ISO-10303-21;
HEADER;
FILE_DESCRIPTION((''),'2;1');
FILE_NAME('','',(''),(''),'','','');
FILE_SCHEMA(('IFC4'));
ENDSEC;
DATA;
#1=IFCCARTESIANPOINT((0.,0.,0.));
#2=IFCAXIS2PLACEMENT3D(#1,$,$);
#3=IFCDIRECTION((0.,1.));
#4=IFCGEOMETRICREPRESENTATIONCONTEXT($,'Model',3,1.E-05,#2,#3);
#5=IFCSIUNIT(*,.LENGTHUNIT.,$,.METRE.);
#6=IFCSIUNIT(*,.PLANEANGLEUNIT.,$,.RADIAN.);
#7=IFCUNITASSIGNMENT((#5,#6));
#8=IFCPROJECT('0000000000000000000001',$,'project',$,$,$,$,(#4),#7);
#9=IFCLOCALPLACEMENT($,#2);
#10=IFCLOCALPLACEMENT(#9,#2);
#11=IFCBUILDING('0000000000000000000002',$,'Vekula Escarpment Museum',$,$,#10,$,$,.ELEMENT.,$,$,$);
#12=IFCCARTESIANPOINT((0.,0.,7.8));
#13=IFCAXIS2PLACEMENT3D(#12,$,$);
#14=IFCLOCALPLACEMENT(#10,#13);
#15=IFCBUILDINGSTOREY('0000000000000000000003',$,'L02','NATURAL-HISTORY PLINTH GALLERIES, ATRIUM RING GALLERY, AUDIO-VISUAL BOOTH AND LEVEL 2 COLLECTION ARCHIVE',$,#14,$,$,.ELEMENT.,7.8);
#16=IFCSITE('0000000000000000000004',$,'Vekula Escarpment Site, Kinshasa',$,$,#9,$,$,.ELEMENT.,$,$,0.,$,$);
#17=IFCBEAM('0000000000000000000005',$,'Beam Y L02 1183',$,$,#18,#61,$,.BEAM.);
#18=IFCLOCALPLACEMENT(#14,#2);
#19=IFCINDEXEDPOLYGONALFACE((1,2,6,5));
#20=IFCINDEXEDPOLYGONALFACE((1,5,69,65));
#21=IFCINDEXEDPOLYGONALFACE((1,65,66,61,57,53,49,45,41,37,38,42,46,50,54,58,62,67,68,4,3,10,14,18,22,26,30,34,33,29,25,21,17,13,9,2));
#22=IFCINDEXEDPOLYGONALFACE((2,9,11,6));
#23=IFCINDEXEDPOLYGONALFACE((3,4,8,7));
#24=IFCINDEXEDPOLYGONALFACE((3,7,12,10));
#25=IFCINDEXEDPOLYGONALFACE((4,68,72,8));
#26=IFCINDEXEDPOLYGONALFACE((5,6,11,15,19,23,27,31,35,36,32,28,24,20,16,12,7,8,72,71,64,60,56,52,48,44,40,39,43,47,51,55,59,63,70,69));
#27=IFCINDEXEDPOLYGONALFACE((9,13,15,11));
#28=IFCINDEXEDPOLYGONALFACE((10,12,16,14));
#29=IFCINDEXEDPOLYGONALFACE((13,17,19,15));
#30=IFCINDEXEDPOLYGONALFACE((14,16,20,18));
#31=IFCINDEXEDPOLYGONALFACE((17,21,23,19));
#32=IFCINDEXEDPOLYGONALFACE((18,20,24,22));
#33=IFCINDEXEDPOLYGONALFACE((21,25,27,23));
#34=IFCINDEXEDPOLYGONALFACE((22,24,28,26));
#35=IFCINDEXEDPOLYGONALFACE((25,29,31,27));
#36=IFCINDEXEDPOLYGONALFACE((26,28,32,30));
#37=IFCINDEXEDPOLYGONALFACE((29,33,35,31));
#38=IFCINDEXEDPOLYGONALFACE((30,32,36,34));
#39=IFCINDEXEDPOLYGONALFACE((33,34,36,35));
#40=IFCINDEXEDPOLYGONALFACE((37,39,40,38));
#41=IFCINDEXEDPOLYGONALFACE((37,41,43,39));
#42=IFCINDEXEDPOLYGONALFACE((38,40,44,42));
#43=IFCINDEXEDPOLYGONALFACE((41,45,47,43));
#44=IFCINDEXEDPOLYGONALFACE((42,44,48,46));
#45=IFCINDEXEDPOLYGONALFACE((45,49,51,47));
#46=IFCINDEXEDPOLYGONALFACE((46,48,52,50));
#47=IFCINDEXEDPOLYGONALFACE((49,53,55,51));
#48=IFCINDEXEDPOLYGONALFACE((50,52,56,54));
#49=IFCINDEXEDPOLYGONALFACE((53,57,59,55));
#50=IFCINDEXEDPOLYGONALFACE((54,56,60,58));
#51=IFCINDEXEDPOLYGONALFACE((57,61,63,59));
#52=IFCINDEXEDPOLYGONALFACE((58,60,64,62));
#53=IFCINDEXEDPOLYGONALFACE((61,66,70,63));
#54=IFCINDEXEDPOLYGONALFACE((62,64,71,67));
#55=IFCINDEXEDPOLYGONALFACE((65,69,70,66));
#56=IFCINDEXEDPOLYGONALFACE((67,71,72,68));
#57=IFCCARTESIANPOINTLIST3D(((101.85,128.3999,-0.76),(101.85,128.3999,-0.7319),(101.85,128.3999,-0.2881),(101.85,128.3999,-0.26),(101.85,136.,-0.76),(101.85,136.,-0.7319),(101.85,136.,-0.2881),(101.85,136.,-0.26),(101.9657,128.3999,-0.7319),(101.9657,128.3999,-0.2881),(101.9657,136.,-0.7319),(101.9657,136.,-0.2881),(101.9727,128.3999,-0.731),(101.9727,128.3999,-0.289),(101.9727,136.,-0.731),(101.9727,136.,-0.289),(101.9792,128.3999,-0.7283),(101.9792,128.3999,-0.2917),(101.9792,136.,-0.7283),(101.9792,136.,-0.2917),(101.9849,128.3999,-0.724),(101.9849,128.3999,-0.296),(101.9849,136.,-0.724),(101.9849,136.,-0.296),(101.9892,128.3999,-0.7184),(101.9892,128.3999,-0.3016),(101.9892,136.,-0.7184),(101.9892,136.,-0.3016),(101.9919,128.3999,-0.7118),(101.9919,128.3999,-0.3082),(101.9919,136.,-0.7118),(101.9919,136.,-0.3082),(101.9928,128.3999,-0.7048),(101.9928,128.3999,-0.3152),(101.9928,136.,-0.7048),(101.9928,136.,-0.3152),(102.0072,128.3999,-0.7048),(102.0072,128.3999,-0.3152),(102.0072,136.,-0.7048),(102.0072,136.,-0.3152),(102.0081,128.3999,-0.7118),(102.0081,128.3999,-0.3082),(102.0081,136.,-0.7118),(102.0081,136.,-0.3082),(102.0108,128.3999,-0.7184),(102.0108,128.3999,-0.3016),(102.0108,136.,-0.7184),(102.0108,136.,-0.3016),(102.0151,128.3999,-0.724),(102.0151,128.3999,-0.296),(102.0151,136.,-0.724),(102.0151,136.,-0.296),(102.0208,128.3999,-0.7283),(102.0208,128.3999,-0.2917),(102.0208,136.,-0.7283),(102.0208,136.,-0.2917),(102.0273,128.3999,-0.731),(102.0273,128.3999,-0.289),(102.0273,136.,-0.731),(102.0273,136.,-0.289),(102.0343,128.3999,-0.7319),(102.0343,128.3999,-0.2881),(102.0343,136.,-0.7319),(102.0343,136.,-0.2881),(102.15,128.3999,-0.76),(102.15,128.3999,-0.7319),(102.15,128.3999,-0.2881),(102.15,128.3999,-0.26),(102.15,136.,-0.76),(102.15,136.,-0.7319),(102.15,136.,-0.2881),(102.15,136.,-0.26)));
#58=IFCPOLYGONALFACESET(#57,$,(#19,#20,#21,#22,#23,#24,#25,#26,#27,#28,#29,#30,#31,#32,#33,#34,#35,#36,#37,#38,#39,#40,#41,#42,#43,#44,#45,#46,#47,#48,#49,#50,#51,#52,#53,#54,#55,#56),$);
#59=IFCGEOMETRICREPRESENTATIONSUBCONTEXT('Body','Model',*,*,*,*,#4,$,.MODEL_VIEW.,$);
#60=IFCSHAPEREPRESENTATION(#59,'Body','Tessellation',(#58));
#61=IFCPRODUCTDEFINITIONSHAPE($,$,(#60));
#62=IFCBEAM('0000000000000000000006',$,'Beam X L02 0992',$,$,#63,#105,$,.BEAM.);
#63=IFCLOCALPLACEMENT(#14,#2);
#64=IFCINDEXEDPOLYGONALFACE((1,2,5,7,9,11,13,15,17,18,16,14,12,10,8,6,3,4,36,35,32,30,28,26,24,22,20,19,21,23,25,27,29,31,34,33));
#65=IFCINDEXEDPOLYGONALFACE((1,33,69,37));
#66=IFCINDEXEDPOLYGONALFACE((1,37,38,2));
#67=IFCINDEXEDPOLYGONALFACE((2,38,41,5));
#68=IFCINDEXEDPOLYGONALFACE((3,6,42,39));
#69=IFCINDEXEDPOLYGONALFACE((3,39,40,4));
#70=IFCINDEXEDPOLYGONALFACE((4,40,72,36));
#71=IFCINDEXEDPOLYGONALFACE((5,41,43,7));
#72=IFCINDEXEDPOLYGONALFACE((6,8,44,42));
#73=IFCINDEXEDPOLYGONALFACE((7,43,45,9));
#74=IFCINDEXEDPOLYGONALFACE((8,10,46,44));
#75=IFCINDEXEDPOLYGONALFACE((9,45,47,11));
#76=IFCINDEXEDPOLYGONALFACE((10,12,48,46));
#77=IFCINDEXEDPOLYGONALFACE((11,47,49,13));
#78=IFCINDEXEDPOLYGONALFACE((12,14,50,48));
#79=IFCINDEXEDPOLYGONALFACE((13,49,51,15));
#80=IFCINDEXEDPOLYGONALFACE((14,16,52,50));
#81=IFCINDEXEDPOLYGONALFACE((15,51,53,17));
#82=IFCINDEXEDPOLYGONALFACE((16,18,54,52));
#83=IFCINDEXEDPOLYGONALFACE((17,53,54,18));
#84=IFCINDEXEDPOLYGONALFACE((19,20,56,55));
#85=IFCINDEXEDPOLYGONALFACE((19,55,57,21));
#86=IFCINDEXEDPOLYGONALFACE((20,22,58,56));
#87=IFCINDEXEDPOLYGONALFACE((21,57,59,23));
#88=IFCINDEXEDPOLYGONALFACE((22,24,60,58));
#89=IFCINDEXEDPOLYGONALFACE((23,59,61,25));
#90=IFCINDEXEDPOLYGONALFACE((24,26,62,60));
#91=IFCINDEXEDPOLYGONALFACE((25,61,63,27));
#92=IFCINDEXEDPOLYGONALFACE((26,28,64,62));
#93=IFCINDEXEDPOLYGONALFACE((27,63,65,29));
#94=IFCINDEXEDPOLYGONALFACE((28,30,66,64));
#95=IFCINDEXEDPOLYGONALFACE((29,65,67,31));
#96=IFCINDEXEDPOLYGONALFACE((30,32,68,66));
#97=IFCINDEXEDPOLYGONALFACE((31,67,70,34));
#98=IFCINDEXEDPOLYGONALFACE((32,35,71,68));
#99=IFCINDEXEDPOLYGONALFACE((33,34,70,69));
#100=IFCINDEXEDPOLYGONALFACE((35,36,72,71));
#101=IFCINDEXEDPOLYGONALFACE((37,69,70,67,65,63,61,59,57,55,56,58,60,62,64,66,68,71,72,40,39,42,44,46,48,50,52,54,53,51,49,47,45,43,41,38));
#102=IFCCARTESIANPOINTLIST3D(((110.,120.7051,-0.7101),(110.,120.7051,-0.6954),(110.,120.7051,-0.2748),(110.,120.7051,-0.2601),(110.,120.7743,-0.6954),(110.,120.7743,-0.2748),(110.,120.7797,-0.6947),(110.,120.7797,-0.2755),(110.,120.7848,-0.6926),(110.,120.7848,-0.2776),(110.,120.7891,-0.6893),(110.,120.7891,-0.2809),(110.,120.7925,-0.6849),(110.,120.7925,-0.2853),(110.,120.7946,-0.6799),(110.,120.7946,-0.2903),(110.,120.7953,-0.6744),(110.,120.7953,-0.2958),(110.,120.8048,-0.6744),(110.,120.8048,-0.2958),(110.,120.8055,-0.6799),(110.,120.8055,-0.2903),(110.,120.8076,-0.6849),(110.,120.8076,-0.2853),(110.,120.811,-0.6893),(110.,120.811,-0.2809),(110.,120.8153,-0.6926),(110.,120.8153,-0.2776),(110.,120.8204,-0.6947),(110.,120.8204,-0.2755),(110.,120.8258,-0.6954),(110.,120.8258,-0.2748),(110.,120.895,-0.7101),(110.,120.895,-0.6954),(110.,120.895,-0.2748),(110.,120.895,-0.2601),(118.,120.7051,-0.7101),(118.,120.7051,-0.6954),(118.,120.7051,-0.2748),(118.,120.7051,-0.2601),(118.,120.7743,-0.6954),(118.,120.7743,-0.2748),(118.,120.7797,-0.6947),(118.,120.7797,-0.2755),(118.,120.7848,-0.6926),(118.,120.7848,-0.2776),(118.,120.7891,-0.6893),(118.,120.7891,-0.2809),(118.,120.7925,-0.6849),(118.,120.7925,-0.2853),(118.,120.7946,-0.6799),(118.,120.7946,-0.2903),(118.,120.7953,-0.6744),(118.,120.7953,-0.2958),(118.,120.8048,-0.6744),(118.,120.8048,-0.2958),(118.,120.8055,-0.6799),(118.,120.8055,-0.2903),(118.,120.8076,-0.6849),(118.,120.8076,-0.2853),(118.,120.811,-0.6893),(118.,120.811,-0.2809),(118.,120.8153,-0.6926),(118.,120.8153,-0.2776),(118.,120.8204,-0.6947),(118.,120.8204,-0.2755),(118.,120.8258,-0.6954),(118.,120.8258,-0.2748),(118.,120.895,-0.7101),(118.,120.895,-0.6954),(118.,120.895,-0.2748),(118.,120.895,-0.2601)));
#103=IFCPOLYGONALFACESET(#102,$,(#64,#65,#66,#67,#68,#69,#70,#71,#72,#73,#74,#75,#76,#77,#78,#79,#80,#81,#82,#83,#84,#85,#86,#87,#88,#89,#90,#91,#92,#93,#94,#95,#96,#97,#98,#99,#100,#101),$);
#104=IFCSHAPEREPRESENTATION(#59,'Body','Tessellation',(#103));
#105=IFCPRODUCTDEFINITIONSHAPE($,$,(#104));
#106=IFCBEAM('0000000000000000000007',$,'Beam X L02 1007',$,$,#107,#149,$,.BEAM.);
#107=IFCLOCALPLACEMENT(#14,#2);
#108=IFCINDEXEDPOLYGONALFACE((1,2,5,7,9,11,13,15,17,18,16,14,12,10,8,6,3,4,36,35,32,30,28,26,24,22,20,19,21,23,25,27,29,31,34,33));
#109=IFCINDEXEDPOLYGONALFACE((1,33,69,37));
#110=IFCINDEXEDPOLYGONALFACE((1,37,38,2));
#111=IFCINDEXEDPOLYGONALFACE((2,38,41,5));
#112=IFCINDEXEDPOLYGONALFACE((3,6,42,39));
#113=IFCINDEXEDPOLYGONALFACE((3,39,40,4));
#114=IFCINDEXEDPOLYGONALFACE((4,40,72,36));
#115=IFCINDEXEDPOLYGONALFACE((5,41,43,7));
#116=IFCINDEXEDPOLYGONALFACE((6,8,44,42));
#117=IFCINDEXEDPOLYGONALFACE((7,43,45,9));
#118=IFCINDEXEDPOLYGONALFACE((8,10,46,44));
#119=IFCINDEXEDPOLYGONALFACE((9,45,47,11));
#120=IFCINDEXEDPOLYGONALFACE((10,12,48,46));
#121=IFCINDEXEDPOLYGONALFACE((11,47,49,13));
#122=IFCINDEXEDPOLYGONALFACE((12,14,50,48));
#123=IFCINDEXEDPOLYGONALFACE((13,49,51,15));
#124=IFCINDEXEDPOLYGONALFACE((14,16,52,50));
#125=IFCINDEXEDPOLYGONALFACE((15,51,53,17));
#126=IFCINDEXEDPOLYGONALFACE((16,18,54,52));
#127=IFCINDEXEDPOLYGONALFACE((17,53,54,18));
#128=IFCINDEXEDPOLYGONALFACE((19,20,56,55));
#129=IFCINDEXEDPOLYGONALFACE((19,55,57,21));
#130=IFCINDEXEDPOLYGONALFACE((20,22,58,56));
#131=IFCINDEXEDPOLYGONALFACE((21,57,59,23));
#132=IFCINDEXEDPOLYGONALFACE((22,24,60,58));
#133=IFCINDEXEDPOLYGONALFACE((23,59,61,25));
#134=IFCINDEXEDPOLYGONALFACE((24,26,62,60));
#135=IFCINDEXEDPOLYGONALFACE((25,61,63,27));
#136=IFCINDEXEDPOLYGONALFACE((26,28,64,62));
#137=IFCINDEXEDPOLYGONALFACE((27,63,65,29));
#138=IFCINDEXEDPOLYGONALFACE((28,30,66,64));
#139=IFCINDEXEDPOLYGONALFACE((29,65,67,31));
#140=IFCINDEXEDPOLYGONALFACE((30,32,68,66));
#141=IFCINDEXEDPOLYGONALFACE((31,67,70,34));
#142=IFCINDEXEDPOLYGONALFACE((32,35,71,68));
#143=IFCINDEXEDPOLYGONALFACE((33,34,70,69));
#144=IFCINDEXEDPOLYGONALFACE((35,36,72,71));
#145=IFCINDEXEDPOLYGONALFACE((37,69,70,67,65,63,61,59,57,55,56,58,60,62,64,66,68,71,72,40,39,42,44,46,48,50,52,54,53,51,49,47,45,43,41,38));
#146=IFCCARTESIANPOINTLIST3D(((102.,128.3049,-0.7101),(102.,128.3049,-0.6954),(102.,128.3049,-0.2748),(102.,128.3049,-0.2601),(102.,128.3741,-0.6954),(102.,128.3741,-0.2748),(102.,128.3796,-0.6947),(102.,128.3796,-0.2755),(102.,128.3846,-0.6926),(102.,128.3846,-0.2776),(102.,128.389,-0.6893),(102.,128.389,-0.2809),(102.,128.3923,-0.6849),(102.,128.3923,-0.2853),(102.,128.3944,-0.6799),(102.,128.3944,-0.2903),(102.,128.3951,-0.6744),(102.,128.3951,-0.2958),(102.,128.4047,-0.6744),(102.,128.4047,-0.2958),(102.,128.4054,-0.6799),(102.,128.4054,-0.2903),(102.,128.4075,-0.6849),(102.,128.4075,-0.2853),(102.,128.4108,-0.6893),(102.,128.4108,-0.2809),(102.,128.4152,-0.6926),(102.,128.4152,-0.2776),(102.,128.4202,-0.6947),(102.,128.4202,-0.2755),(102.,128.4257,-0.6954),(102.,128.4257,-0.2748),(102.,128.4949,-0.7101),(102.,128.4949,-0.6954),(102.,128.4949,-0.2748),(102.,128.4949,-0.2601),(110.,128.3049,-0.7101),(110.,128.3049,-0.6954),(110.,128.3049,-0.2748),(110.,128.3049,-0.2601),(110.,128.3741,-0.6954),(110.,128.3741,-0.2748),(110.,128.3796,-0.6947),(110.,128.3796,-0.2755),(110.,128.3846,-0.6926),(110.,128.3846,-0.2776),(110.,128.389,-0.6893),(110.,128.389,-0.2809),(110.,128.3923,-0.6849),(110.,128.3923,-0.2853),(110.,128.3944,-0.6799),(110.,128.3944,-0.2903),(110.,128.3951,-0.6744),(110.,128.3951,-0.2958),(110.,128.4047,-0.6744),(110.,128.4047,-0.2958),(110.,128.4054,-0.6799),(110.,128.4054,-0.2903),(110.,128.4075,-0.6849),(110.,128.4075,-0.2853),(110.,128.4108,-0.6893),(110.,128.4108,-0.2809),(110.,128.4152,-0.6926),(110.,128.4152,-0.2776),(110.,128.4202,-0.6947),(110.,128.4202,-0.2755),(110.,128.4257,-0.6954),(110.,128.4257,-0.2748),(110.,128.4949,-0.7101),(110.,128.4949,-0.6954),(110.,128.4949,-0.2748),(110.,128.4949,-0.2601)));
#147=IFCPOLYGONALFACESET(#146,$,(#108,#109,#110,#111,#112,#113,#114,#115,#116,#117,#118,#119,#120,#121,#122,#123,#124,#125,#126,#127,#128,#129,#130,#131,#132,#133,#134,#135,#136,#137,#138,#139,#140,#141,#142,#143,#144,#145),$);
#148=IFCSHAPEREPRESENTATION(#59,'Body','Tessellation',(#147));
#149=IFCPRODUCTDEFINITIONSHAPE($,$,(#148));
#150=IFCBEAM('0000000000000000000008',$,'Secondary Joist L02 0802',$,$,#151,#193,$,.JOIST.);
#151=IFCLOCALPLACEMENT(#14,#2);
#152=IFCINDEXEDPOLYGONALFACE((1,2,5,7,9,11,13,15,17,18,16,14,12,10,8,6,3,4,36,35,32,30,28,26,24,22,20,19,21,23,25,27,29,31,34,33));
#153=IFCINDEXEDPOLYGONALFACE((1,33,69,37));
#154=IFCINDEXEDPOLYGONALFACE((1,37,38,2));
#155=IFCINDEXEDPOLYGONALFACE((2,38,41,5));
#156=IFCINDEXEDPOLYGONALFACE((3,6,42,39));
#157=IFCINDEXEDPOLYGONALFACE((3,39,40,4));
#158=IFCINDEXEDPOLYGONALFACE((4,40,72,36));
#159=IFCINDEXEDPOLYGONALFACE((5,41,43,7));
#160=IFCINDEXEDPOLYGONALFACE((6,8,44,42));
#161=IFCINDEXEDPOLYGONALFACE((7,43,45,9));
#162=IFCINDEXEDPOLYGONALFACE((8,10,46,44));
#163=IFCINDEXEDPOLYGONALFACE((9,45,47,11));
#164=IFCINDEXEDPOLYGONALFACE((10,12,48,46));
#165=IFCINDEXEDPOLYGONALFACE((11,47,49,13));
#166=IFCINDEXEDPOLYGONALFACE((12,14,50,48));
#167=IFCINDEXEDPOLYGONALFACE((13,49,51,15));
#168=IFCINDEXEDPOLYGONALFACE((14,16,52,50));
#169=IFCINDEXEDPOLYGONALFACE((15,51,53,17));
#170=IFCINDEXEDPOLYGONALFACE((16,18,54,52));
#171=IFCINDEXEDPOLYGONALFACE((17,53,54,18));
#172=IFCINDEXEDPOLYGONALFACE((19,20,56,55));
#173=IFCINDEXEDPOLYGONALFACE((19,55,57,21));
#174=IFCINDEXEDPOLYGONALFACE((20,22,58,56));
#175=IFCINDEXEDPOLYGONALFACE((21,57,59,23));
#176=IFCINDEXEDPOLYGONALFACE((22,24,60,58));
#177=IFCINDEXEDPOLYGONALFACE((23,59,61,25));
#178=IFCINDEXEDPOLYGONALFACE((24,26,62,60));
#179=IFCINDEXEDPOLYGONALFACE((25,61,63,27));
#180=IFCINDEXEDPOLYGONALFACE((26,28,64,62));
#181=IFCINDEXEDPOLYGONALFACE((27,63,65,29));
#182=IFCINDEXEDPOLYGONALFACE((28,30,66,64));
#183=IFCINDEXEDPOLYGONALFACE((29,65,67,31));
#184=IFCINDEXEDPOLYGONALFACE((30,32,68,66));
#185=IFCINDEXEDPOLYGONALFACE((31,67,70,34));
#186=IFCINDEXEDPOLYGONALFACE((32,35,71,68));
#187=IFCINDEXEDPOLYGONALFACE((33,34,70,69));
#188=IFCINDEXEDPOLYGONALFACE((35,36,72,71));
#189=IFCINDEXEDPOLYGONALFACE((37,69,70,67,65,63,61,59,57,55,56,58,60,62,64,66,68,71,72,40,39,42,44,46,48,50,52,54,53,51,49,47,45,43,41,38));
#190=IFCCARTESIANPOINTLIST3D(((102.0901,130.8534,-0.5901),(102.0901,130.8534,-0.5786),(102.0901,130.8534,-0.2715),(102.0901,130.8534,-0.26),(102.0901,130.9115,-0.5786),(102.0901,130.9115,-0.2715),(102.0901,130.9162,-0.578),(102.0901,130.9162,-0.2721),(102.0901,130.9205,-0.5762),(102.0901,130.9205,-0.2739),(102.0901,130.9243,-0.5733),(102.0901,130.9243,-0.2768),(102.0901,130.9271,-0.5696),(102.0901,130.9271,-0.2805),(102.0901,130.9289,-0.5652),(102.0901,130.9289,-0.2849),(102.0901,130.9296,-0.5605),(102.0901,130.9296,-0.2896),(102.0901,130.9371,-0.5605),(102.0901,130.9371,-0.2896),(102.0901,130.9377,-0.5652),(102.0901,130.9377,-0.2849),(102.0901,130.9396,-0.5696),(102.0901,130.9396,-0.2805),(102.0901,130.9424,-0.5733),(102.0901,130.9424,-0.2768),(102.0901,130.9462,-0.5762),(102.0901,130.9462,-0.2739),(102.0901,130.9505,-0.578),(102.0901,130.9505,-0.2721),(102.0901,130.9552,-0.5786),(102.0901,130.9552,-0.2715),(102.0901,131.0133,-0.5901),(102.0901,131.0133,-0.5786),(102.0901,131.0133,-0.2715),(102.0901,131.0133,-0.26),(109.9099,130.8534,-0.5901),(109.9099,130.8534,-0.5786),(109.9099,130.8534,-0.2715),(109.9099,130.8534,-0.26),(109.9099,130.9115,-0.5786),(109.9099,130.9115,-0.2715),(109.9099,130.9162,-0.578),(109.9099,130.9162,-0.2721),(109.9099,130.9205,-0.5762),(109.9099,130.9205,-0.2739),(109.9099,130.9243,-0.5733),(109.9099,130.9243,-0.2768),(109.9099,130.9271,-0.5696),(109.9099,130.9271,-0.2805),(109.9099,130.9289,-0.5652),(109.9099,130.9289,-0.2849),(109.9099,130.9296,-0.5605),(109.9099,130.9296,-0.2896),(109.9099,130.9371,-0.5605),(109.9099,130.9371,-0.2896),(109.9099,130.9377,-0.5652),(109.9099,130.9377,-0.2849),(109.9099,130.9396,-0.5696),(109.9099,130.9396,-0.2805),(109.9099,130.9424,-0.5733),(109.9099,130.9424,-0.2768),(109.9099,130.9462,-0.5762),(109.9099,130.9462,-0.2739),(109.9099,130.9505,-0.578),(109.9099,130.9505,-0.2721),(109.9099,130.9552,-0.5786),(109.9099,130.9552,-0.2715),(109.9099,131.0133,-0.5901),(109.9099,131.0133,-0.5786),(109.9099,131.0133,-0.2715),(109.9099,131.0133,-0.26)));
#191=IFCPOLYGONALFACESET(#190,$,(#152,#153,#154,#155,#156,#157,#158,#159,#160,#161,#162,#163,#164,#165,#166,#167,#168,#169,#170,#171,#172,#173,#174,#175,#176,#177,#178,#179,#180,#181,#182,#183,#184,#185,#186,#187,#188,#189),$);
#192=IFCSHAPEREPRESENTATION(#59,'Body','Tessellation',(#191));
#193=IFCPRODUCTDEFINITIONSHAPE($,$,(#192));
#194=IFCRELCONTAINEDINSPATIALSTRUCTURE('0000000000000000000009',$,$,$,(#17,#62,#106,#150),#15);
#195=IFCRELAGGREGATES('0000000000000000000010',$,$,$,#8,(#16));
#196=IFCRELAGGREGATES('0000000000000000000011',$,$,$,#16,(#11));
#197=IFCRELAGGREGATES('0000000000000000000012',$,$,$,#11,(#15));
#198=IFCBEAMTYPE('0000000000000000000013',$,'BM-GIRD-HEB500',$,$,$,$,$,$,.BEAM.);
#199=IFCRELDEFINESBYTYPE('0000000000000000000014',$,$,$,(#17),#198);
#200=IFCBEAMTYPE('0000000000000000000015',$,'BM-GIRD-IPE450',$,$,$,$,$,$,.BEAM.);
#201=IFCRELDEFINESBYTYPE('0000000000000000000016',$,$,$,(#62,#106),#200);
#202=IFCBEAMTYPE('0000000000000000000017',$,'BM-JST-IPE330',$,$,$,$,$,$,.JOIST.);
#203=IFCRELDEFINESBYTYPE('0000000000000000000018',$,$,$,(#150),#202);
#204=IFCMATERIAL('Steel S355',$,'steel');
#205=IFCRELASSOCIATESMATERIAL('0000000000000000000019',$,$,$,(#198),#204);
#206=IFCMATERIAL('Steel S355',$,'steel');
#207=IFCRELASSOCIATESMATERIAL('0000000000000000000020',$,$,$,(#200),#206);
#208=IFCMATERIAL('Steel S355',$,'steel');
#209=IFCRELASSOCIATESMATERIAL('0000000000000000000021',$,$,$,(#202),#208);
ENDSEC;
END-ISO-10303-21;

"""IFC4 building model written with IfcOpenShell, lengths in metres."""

from ifc_helpers import new_model, si_unit, direction, frame, origin, origin_2d, place, context, subcontext, project, spatial, i_section, extrude, material, material_profile, profile_set, type_object, element, save


model = new_model("IFC4")

# Units and contexts
model_context = context("Model", 3, precision=1e-05, world=origin(), true_north=direction((0.0, 1.0)))
body_context = subcontext(model_context, "Body", "Model", "MODEL_VIEW")
ifc_project = project(units=[si_unit("LENGTHUNIT", "METRE"), si_unit("PLANEANGLEUNIT", "RADIAN")], contexts=[model_context])

# Site, building, storey
site_placement = place(None, origin())
site = spatial("IfcSite", under=ifc_project, at=site_placement, Name="Vekula Escarpment Site, Kinshasa", CompositionType="ELEMENT", RefElevation=0.0)
building_placement = place(site_placement, origin())
building = spatial("IfcBuilding", under=site, at=building_placement, Name="Vekula Escarpment Museum", CompositionType="ELEMENT")
storey_placement = place(building_placement, frame((0.0, 0.0, 7.8)))
storey = spatial("IfcBuildingStorey", under=building, at=storey_placement, Name="L02", Description="NATURAL-HISTORY PLINTH GALLERIES, ATRIUM RING GALLERY, AUDIO-VISUAL BOOTH AND LEVEL 2 COLLECTION ARCHIVE", CompositionType="ELEMENT", Elevation=7.8)

# Beams
ifc_material_1 = material(Name="Steel S355", Category="steel")
ifc_material_profile_1 = material_profile(ifc_material_1, i_section(OverallWidth=0.3, OverallDepth=0.5, WebThickness=0.0144, FlangeThickness=0.0281, FilletRadius=0.0271, at=origin_2d()), Name="HEB 500")
ifc_profile_set_1 = profile_set([ifc_material_profile_1], Name="Steel S355")
beam_type_1 = type_object("IfcBeamType", Name="BM-GIRD-HEB500", PredefinedType="BEAM", material=ifc_profile_set_1)
beam_1_placement = place(storey_placement, frame((102.0, 128.3999, -0.51), z_axis=(0.0, 1.0, 0.0), x_axis=(-1.0, 0.0, 0.0)))
element("IfcBeam", 1, at=beam_1_placement, inside=storey, type_object=beam_type_1, Name="Beam Y L02 1183", PredefinedType="BEAM", context=body_context, shape_type="SweptSolid", body=[
    extrude(i_section(OverallWidth=0.3, OverallDepth=0.5, WebThickness=0.0144, FlangeThickness=0.0281, FilletRadius=0.0271, at=origin_2d()), origin(), (0.0, 0.0, 1.0), 7.6001),
])
ifc_material_2 = material(Name="Steel S355", Category="steel")
ifc_material_profile_2 = material_profile(ifc_material_2, i_section(OverallWidth=0.1899, OverallDepth=0.45, WebThickness=0.0095, FlangeThickness=0.0146, FilletRadius=0.021, at=origin_2d()), Name="IPE 450")
ifc_profile_set_2 = profile_set([ifc_material_profile_2], Name="Steel S355")
beam_type_2 = type_object("IfcBeamType", Name="BM-GIRD-IPE450", PredefinedType="BEAM", material=ifc_profile_set_2)
for number, where, z_axis, x_axis, name in (
    (2, (110.0, 120.8, -0.4851), (1.0, 0.0, 0.0), (0.0, 1.0, 0.0), "Beam X L02 0992"),
    (3, (102.0, 128.3999, -0.4851), (1.0, 0.0, 0.0), (0.0, 1.0, 0.0), "Beam X L02 1007"),
):
    element("IfcBeam", number, at=place(storey_placement, frame(where, z_axis=z_axis, x_axis=x_axis)), inside=storey, type_object=beam_type_2, Name=name, PredefinedType="BEAM", context=body_context, shape_type="SweptSolid", body=[
        extrude(i_section(OverallWidth=0.1899, OverallDepth=0.45, WebThickness=0.0095, FlangeThickness=0.0146, FilletRadius=0.021, at=origin_2d()), origin(), (0.0, 0.0, 1.0), 8.0),
    ])
ifc_material_3 = material(Name="Steel S355", Category="steel")
ifc_material_profile_3 = material_profile(ifc_material_3, i_section(OverallWidth=0.1599, OverallDepth=0.3301, WebThickness=0.0076, FlangeThickness=0.0115, FilletRadius=0.0181, at=origin_2d()), Name="IPE 330")
ifc_profile_set_3 = profile_set([ifc_material_profile_3], Name="Steel S355")
beam_type_3 = type_object("IfcBeamType", Name="BM-JST-IPE330", PredefinedType="JOIST", material=ifc_profile_set_3)
for number, where, z_axis, x_axis, name in (
    (4, (102.0901, 130.9333, -0.425), (1.0, 0.0, 0.0), (0.0, 1.0, 0.0), "Secondary Joist L02 0802"),
):
    element("IfcBeam", number, at=place(storey_placement, frame(where, z_axis=z_axis, x_axis=x_axis)), inside=storey, type_object=beam_type_3, Name=name, PredefinedType="JOIST", context=body_context, shape_type="SweptSolid", body=[
        extrude(i_section(OverallWidth=0.1599, OverallDepth=0.3301, WebThickness=0.0076, FlangeThickness=0.0115, FilletRadius=0.0181, at=origin_2d()), origin(), (0.0, 0.0, 1.0), 7.8198),
    ])

save(model, "model.ifc")
